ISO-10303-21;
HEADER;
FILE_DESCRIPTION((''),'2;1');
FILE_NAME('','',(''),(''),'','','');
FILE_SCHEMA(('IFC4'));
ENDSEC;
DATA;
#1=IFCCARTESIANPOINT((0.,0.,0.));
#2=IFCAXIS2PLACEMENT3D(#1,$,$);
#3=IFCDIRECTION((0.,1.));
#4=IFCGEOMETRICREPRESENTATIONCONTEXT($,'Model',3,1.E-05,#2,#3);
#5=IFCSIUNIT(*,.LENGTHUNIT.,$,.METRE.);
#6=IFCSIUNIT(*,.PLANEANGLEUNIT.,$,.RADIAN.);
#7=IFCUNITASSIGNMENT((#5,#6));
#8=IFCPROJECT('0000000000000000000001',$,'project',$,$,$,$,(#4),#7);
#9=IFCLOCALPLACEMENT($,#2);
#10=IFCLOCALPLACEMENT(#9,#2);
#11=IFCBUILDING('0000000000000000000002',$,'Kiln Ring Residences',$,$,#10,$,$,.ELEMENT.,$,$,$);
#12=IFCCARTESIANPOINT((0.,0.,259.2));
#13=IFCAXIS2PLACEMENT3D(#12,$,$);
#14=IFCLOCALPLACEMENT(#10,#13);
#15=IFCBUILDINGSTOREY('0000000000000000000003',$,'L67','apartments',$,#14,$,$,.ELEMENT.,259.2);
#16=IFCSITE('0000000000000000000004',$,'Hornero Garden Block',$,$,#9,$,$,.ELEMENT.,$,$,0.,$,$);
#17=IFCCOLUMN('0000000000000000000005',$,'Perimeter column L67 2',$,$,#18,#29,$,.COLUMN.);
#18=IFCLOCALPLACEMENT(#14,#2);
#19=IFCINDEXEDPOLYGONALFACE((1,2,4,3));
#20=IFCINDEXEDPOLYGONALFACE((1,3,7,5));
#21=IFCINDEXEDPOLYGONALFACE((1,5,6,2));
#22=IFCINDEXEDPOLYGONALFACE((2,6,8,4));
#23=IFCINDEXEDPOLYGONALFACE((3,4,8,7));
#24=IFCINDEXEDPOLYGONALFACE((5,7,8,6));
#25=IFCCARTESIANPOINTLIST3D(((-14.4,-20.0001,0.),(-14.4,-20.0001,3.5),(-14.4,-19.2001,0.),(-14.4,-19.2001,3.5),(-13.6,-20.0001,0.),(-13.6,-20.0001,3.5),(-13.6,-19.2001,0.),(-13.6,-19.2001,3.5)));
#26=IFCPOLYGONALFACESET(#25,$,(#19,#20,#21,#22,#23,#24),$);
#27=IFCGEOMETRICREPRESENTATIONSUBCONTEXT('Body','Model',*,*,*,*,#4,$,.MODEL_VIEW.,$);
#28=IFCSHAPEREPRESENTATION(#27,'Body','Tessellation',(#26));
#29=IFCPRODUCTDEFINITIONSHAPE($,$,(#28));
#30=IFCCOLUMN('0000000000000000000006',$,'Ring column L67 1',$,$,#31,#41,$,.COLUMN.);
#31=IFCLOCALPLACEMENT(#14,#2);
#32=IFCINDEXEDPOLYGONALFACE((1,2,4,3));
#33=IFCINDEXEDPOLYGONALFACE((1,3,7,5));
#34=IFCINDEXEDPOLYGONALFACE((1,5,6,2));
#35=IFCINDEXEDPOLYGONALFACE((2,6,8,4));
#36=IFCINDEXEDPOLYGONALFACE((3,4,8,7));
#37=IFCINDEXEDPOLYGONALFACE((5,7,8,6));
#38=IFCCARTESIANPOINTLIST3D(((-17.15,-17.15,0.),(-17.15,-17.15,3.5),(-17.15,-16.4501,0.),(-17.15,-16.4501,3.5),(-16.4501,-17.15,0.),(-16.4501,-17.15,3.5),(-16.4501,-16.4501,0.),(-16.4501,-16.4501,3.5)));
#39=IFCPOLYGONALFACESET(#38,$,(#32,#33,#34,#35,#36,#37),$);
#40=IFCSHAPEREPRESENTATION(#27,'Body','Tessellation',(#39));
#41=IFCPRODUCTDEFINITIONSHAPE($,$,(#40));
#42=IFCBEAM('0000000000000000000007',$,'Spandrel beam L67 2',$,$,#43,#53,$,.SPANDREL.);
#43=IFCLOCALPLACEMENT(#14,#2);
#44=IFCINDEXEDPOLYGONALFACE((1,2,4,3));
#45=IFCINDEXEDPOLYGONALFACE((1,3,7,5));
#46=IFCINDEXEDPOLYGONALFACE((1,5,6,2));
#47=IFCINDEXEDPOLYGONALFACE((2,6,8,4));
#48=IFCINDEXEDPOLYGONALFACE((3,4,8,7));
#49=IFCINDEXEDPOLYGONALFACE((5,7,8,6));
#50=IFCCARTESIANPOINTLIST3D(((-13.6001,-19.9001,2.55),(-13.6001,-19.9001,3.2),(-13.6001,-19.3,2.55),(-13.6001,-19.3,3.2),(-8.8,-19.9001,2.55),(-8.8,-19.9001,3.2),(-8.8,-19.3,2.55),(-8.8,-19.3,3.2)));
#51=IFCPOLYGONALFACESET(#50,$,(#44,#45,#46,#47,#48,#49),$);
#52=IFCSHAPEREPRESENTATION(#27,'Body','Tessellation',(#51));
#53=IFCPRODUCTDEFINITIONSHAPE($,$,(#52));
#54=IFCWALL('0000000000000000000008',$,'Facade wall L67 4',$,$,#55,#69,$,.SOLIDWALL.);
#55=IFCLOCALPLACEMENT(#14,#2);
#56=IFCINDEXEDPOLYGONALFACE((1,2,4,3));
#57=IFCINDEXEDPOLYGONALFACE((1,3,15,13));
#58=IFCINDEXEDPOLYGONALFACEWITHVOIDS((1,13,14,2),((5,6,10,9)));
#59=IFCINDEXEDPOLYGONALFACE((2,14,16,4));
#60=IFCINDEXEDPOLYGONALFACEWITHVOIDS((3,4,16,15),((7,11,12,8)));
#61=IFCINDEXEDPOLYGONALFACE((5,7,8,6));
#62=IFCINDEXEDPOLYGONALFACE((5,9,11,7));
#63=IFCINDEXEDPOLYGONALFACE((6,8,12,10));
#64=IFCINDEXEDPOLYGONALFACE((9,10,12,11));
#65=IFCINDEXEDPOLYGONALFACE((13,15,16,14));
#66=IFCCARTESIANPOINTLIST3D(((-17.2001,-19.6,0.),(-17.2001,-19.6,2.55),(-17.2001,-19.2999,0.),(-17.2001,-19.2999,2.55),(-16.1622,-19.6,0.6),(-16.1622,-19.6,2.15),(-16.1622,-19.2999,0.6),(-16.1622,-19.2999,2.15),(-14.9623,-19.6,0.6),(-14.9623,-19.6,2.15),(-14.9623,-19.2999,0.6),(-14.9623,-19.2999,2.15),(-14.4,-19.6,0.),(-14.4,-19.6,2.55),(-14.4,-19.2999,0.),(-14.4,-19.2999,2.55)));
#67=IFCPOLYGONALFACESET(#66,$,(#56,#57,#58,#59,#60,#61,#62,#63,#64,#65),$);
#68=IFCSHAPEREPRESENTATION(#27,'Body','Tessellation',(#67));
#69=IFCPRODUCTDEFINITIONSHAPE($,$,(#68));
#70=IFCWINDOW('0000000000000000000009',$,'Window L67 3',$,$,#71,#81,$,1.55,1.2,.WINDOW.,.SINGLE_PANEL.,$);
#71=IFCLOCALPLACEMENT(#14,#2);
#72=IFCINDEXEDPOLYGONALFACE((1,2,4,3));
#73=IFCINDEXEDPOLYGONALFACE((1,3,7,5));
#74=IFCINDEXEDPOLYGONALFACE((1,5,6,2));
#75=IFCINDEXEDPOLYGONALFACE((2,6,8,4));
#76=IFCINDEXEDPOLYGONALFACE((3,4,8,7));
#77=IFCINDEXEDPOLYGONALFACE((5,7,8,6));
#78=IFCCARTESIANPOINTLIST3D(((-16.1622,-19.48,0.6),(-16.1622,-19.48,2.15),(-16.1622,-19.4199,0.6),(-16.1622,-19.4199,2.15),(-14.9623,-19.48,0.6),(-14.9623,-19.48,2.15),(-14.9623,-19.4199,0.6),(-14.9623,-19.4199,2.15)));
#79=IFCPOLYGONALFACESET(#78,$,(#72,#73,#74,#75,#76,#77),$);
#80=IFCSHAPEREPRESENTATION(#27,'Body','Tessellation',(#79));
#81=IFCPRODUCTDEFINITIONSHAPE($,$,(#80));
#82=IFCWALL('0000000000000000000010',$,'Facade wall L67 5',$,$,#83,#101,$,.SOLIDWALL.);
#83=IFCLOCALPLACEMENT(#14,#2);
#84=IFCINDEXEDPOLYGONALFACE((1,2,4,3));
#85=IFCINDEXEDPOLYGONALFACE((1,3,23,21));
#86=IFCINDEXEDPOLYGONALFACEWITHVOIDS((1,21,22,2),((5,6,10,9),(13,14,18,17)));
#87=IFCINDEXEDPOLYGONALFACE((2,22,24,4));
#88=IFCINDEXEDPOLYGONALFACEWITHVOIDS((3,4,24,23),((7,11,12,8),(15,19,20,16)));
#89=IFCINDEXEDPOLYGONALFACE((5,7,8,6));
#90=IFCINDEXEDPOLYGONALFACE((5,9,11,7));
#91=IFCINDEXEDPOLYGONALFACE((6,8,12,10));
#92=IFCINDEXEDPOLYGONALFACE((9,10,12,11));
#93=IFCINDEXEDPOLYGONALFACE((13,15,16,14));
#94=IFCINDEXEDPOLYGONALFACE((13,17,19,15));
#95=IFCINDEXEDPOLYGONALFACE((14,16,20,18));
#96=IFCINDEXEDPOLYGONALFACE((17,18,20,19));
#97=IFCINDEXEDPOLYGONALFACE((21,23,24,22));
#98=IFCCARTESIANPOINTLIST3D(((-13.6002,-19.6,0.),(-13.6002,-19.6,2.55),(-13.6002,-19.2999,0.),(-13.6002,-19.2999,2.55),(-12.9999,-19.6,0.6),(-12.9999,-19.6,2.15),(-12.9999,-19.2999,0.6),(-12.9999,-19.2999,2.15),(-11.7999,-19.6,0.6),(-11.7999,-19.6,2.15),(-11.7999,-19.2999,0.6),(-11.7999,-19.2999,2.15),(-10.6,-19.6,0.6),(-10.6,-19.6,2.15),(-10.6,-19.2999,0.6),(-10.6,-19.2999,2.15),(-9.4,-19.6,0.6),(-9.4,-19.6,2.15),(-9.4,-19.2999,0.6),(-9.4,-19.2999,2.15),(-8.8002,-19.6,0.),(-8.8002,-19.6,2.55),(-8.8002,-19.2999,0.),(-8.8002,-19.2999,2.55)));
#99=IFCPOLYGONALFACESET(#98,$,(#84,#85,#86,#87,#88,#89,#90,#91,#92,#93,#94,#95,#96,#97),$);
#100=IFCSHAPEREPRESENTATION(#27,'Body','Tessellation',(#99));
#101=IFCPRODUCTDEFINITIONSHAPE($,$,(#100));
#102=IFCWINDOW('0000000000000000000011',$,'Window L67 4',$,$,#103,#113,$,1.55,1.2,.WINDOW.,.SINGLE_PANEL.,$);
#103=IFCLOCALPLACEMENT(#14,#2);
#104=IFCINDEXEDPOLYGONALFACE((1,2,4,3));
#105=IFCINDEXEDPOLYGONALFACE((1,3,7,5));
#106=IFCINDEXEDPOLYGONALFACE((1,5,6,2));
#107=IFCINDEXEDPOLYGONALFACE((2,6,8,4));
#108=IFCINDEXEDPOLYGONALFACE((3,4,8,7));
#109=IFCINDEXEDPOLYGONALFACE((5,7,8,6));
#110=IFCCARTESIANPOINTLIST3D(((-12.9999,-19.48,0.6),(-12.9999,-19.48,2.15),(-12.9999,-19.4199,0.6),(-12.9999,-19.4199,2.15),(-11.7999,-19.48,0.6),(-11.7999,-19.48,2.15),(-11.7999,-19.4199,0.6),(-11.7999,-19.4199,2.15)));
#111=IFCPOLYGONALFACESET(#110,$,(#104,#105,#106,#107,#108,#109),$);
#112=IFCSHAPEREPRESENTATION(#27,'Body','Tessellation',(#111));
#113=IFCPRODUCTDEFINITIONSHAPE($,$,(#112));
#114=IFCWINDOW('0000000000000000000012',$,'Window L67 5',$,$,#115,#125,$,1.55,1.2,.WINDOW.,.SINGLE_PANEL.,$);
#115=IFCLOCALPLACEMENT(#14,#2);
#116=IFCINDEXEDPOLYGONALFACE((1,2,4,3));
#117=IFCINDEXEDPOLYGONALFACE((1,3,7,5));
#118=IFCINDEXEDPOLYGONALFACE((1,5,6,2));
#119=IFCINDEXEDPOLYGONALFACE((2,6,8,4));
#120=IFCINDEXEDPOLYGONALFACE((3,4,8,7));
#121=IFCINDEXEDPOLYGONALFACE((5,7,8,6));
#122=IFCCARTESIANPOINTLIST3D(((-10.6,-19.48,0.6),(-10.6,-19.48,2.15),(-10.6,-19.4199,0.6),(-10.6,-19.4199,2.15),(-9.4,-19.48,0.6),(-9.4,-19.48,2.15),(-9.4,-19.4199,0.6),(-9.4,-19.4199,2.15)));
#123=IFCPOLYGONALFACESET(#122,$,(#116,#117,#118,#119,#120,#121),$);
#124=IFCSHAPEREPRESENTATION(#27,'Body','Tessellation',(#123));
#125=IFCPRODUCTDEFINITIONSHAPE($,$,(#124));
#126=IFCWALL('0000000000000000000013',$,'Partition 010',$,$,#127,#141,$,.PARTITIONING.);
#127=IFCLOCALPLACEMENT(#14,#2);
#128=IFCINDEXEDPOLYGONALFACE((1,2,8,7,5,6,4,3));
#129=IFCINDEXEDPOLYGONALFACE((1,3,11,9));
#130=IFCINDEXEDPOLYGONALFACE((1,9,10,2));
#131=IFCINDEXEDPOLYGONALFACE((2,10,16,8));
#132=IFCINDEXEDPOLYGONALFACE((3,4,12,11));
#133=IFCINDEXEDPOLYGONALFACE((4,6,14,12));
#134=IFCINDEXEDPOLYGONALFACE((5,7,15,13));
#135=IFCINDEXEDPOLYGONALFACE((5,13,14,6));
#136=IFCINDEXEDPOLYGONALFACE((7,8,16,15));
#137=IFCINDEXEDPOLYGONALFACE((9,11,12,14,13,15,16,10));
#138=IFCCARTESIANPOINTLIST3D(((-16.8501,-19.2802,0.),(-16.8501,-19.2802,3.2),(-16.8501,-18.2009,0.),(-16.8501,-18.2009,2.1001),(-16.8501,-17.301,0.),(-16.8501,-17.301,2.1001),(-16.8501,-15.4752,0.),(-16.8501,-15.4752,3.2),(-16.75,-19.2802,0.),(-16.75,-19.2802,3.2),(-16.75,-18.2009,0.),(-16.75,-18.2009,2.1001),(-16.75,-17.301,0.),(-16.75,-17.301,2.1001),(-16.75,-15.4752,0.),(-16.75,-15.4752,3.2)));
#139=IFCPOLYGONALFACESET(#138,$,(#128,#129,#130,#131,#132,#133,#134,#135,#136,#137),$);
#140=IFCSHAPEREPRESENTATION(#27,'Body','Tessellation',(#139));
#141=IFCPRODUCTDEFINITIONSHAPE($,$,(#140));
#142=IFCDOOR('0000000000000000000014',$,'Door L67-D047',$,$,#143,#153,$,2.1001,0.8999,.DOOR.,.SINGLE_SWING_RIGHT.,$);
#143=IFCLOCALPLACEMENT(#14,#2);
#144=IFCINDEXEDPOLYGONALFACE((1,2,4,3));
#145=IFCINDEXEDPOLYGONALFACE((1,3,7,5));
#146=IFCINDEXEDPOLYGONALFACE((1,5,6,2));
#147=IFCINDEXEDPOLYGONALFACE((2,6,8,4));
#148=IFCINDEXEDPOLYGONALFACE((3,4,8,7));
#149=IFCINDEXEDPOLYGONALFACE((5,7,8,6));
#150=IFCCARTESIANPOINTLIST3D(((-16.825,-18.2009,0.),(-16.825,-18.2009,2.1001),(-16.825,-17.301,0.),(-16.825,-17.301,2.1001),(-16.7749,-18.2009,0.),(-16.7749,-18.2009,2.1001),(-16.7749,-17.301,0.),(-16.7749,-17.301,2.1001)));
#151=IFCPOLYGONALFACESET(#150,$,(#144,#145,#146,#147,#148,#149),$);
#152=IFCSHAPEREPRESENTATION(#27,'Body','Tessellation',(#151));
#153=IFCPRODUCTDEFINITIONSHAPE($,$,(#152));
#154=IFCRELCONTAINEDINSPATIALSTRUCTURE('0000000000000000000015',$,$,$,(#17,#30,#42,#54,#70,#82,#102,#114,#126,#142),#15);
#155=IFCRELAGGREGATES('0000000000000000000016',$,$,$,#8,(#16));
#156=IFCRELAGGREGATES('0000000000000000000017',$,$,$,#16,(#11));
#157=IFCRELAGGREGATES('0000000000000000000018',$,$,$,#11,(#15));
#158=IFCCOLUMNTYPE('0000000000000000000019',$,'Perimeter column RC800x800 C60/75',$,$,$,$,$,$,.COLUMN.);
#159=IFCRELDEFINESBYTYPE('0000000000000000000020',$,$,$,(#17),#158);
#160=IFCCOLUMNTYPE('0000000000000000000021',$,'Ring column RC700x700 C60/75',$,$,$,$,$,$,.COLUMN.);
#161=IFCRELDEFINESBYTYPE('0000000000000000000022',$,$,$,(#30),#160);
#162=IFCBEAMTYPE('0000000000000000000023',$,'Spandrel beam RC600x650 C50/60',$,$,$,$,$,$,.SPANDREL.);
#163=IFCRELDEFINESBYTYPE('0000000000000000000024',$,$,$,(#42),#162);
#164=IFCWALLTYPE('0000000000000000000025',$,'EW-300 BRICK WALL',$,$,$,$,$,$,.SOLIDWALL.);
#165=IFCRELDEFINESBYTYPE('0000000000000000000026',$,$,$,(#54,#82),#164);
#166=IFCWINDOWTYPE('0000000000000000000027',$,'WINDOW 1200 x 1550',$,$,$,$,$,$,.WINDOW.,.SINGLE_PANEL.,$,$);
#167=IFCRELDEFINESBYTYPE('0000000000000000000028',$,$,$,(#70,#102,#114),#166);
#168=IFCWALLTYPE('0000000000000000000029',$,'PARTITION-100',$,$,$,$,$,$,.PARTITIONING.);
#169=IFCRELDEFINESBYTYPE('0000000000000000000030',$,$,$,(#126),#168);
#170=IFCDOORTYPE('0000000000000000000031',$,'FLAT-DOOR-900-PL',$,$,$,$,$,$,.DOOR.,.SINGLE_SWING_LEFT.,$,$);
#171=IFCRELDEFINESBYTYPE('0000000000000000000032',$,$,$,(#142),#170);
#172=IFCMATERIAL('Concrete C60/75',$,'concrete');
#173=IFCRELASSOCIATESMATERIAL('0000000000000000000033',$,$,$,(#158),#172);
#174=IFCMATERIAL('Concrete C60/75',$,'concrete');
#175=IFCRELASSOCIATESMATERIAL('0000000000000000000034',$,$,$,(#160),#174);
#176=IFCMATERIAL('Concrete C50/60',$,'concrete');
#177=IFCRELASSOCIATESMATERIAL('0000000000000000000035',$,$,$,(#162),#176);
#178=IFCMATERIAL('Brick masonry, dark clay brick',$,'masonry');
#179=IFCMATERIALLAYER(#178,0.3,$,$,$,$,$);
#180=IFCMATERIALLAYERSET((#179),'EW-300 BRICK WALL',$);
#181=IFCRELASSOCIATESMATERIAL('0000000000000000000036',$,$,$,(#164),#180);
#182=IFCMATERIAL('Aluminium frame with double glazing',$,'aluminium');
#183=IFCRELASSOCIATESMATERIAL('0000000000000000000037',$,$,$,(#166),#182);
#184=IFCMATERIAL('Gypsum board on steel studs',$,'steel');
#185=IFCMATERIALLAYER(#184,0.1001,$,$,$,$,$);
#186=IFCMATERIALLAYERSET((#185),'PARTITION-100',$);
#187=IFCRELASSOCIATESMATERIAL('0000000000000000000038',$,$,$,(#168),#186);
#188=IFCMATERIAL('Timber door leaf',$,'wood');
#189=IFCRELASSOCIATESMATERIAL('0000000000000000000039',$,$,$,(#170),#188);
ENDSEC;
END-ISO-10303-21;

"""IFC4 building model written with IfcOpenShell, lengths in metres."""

from ifc_helpers import new_model, si_unit, direction, frame, frame_2d, origin, origin_2d, place, context, subcontext, project, spatial, rectangle, extrude, material, layer, layer_set, material_profile, profile_set, type_object, element, fill, save


model = new_model("IFC4")

# Units and contexts
model_context = context("Model", 3, precision=1e-05, world=origin(), true_north=direction((0.0, 1.0)))
body_context = subcontext(model_context, "Body", "Model", "MODEL_VIEW")
ifc_project = project(units=[si_unit("LENGTHUNIT", "METRE"), si_unit("PLANEANGLEUNIT", "RADIAN")], contexts=[model_context])

# Site, building, storey
site_placement = place(None, origin())
site = spatial("IfcSite", under=ifc_project, at=site_placement, Name="Hornero Garden Block", CompositionType="ELEMENT", RefElevation=0.0)
building_placement = place(site_placement, origin())
building = spatial("IfcBuilding", under=site, at=building_placement, Name="Kiln Ring Residences", CompositionType="ELEMENT")
storey_placement = place(building_placement, frame((0.0, 0.0, 259.2)))
storey = spatial("IfcBuildingStorey", under=building, at=storey_placement, Name="L67", Description="apartments", CompositionType="ELEMENT", Elevation=259.2)

# Columns
ifc_material_1 = material(Name="Concrete C60/75", Category="concrete")
ifc_material_profile_1 = material_profile(ifc_material_1, rectangle(XDim=0.8, YDim=0.8, at=origin_2d()), Name="RC800x800")
ifc_profile_set_1 = profile_set([ifc_material_profile_1], Name="Concrete C60/75")
column_type_1 = type_object("IfcColumnType", Name="Perimeter column RC800x800 C60/75", PredefinedType="COLUMN", material=ifc_profile_set_1)
column_1_placement = place(storey_placement, frame((-14.0, -19.6001, 0.0), z_axis=(0.0, 0.0, 1.0), x_axis=(1.0, 0.0, 0.0)))
element("IfcColumn", 1, at=column_1_placement, inside=storey, type_object=column_type_1, Name="Perimeter column L67 2", PredefinedType="COLUMN", context=body_context, shape_type="SweptSolid", body=[
    extrude(rectangle(XDim=0.8, YDim=0.8, at=origin_2d()), origin(), (0.0, 0.0, 1.0), 3.5),
])
ifc_material_2 = material(Name="Concrete C60/75", Category="concrete")
ifc_material_profile_2 = material_profile(ifc_material_2, rectangle(XDim=0.7, YDim=0.7, at=origin_2d()), Name="RC700x700")
ifc_profile_set_2 = profile_set([ifc_material_profile_2], Name="Concrete C60/75")
column_type_2 = type_object("IfcColumnType", Name="Ring column RC700x700 C60/75", PredefinedType="COLUMN", material=ifc_profile_set_2)
column_2_placement = place(storey_placement, frame((-16.8, -16.8, 0.0), z_axis=(0.0, 0.0, 1.0), x_axis=(1.0, 0.0, 0.0)))
element("IfcColumn", 2, at=column_2_placement, inside=storey, type_object=column_type_2, Name="Ring column L67 1", PredefinedType="COLUMN", context=body_context, shape_type="SweptSolid", body=[
    extrude(rectangle(XDim=0.7, YDim=0.7, at=origin_2d()), origin(), (0.0, 0.0, 1.0), 3.5),
])

# Beam
ifc_material_3 = material(Name="Concrete C50/60", Category="concrete")
ifc_material_profile_3 = material_profile(ifc_material_3, rectangle(XDim=0.6001, YDim=0.6499, at=origin_2d()), Name="RC600x650")
ifc_profile_set_3 = profile_set([ifc_material_profile_3], Name="Concrete C50/60")
beam_type = type_object("IfcBeamType", Name="Spandrel beam RC600x650 C50/60", PredefinedType="SPANDREL", material=ifc_profile_set_3)
beam_placement = place(storey_placement, frame((-13.6001, -19.6001, 2.875), z_axis=(1.0, 0.0, 0.0), x_axis=(0.0, 1.0, 0.0)))
element("IfcBeam", 3, at=beam_placement, inside=storey, type_object=beam_type, Name="Spandrel beam L67 2", PredefinedType="SPANDREL", context=body_context, shape_type="SweptSolid", body=[
    extrude(rectangle(XDim=0.6001, YDim=0.6499, at=origin_2d()), origin(), (0.0, 0.0, 1.0), 4.8),
])

# Wall, opening, window
ifc_material_4 = material(Name="Brick masonry, dark clay brick", Category="masonry")
ifc_layer_1 = layer(ifc_material_4, 0.3)
ifc_layer_set_1 = layer_set([ifc_layer_1], Name="EW-300 BRICK WALL")
wall_type_1 = type_object("IfcWallType", Name="EW-300 BRICK WALL", PredefinedType="SOLIDWALL", material=ifc_layer_set_1)
wall_1_placement = place(storey_placement, frame((-17.2, -19.45, 0.0), z_axis=(0.0, 0.0, 1.0), x_axis=(1.0, 0.0, 0.0)))
wall_1 = element("IfcWall", 4, at=wall_1_placement, inside=storey, type_object=wall_type_1, Name="Facade wall L67 4", PredefinedType="SOLIDWALL", context=body_context, shape_type="SweptSolid", body=[
    extrude(rectangle(XDim=2.8, YDim=0.3, at=frame_2d((1.3999, 0.0))), origin(), (0.0, 0.0, 1.0), 2.55),
])
opening_1_placement = place(wall_1_placement, frame((1.0376, 0.0, 0.6001)))
opening_1 = element("IfcOpeningElement", 5, at=opening_1_placement, cuts=wall_1, PredefinedType="OPENING", context=body_context, shape_type="SweptSolid", body=[
    extrude(rectangle(XDim=1.2, YDim=1.55, at=frame_2d((0.6001, 0.7749))), frame((0.0, 0.1599, 0.0), z_axis=(0.0, -1.0, 0.0), x_axis=(1.0, 0.0, 0.0)), (0.0, 0.0, 1.0), 0.3201),
])
ifc_material_5 = material(Name="Aluminium frame with double glazing", Category="aluminium")
window_type = type_object("IfcWindowType", Name="WINDOW 1200 x 1550", PartitioningType="SINGLE_PANEL", PredefinedType="WINDOW", material=ifc_material_5)
window_1_placement = place(opening_1_placement, origin())
window_1 = element("IfcWindow", 6, at=window_1_placement, inside=storey, type_object=window_type, Name="Window L67 3", OverallHeight=1.55, OverallWidth=1.2, PartitioningType="SINGLE_PANEL", PredefinedType="WINDOW", context=body_context, shape_type="SweptSolid", body=[
    extrude(rectangle(XDim=1.2, YDim=1.55, at=frame_2d((0.6001, 0.7749))), frame((0.0, 0.03, 0.0), z_axis=(0.0, -1.0, 0.0), x_axis=(1.0, 0.0, 0.0)), (0.0, 0.0, 1.0), 0.0601),
])
fill(opening_1, window_1)

# Wall, openings, windows
wall_2_placement = place(storey_placement, frame((-13.6001, -19.45, 0.0), z_axis=(0.0, 0.0, 1.0), x_axis=(1.0, 0.0, 0.0)))
wall_2 = element("IfcWall", 7, at=wall_2_placement, inside=storey, type_object=wall_type_1, Name="Facade wall L67 5", PredefinedType="SOLIDWALL", context=body_context, shape_type="SweptSolid", body=[
    extrude(rectangle(XDim=4.8, YDim=0.3, at=frame_2d((2.3999, 0.0))), origin(), (0.0, 0.0, 1.0), 2.55),
])
opening_2_placement = place(wall_2_placement, frame((0.6001, 0.0, 0.6001)))
opening_2 = element("IfcOpeningElement", 8, at=opening_2_placement, cuts=wall_2, PredefinedType="OPENING", context=body_context, shape_type="SweptSolid", body=[
    extrude(rectangle(XDim=1.2, YDim=1.55, at=frame_2d((0.6001, 0.7749))), frame((0.0, 0.1599, 0.0), z_axis=(0.0, -1.0, 0.0), x_axis=(1.0, 0.0, 0.0)), (0.0, 0.0, 1.0), 0.3201),
])
opening_3_placement = place(wall_2_placement, frame((3.0, 0.0, 0.6001)))
opening_3 = element("IfcOpeningElement", 9, at=opening_3_placement, cuts=wall_2, PredefinedType="OPENING", context=body_context, shape_type="SweptSolid", body=[
    extrude(rectangle(XDim=1.2, YDim=1.55, at=frame_2d((0.6001, 0.7749))), frame((0.0, 0.1599, 0.0), z_axis=(0.0, -1.0, 0.0), x_axis=(1.0, 0.0, 0.0)), (0.0, 0.0, 1.0), 0.3201),
])
window_2_placement = place(opening_2_placement, origin())
window_2 = element("IfcWindow", 10, at=window_2_placement, inside=storey, type_object=window_type, Name="Window L67 4", OverallHeight=1.55, OverallWidth=1.2, PartitioningType="SINGLE_PANEL", PredefinedType="WINDOW", context=body_context, shape_type="SweptSolid", body=[
    extrude(rectangle(XDim=1.2, YDim=1.55, at=frame_2d((0.6001, 0.7749))), frame((0.0, 0.03, 0.0), z_axis=(0.0, -1.0, 0.0), x_axis=(1.0, 0.0, 0.0)), (0.0, 0.0, 1.0), 0.0601),
])
fill(opening_2, window_2)
window_3_placement = place(opening_3_placement, origin())
window_3 = element("IfcWindow", 11, at=window_3_placement, inside=storey, type_object=window_type, Name="Window L67 5", OverallHeight=1.55, OverallWidth=1.2, PartitioningType="SINGLE_PANEL", PredefinedType="WINDOW", context=body_context, shape_type="SweptSolid", body=[
    extrude(rectangle(XDim=1.2, YDim=1.55, at=frame_2d((0.6001, 0.7749))), frame((0.0, 0.03, 0.0), z_axis=(0.0, -1.0, 0.0), x_axis=(1.0, 0.0, 0.0)), (0.0, 0.0, 1.0), 0.0601),
])
fill(opening_3, window_3)

# Wall, opening, door
ifc_material_6 = material(Name="Gypsum board on steel studs", Category="steel")
ifc_layer_2 = layer(ifc_material_6, 0.1001)
ifc_layer_set_2 = layer_set([ifc_layer_2], Name="PARTITION-100")
wall_type_2 = type_object("IfcWallType", Name="PARTITION-100", PredefinedType="PARTITIONING", material=ifc_layer_set_2)
wall_3_placement = place(storey_placement, frame((-16.8, -19.28, 0.0), z_axis=(0.0, 0.0, 1.0), x_axis=(0.0, 1.0, 0.0)))
wall_3 = element("IfcWall", 12, at=wall_3_placement, inside=storey, type_object=wall_type_2, Name="Partition 010", PredefinedType="PARTITIONING", context=body_context, shape_type="SweptSolid", body=[
    extrude(rectangle(XDim=3.8049, YDim=0.1001, at=frame_2d((1.9023, 0.0))), origin(), (0.0, 0.0, 1.0), 3.2),
])
opening_4_placement = place(wall_3_placement, frame((1.0791, 0.0, 0.0)))
opening_4 = element("IfcOpeningElement", 13, at=opening_4_placement, cuts=wall_3, PredefinedType="OPENING", context=body_context, shape_type="SweptSolid", body=[
    extrude(rectangle(XDim=0.8999, YDim=2.1001, at=frame_2d((0.45, 1.05))), frame((0.0, 0.0601, 0.0), z_axis=(0.0, -1.0, 0.0), x_axis=(1.0, 0.0, 0.0)), (0.0, 0.0, 1.0), 0.1201),
])
ifc_material_7 = material(Name="Timber door leaf", Category="wood")
door_type_1 = type_object("IfcDoorType", Name="FLAT-DOOR-900-PL", OperationType="SINGLE_SWING_LEFT", PredefinedType="DOOR", material=ifc_material_7)
door_1_placement = place(opening_4_placement, origin())
door_1 = element("IfcDoor", 14, at=door_1_placement, inside=storey, type_object=door_type_1, Name="Door L67-D047", OperationType="SINGLE_SWING_RIGHT", OverallHeight=2.1001, OverallWidth=0.8999, PredefinedType="DOOR", context=body_context, shape_type="SweptSolid", body=[
    extrude(rectangle(XDim=0.8999, YDim=2.1001, at=frame_2d((0.45, 1.05))), frame((0.0, 0.0249, 0.0), z_axis=(0.0, -1.0, 0.0), x_axis=(1.0, 0.0, 0.0)), (0.0, 0.0, 1.0), 0.05),
])
fill(opening_4, door_1)

save(model, "model.ifc")
